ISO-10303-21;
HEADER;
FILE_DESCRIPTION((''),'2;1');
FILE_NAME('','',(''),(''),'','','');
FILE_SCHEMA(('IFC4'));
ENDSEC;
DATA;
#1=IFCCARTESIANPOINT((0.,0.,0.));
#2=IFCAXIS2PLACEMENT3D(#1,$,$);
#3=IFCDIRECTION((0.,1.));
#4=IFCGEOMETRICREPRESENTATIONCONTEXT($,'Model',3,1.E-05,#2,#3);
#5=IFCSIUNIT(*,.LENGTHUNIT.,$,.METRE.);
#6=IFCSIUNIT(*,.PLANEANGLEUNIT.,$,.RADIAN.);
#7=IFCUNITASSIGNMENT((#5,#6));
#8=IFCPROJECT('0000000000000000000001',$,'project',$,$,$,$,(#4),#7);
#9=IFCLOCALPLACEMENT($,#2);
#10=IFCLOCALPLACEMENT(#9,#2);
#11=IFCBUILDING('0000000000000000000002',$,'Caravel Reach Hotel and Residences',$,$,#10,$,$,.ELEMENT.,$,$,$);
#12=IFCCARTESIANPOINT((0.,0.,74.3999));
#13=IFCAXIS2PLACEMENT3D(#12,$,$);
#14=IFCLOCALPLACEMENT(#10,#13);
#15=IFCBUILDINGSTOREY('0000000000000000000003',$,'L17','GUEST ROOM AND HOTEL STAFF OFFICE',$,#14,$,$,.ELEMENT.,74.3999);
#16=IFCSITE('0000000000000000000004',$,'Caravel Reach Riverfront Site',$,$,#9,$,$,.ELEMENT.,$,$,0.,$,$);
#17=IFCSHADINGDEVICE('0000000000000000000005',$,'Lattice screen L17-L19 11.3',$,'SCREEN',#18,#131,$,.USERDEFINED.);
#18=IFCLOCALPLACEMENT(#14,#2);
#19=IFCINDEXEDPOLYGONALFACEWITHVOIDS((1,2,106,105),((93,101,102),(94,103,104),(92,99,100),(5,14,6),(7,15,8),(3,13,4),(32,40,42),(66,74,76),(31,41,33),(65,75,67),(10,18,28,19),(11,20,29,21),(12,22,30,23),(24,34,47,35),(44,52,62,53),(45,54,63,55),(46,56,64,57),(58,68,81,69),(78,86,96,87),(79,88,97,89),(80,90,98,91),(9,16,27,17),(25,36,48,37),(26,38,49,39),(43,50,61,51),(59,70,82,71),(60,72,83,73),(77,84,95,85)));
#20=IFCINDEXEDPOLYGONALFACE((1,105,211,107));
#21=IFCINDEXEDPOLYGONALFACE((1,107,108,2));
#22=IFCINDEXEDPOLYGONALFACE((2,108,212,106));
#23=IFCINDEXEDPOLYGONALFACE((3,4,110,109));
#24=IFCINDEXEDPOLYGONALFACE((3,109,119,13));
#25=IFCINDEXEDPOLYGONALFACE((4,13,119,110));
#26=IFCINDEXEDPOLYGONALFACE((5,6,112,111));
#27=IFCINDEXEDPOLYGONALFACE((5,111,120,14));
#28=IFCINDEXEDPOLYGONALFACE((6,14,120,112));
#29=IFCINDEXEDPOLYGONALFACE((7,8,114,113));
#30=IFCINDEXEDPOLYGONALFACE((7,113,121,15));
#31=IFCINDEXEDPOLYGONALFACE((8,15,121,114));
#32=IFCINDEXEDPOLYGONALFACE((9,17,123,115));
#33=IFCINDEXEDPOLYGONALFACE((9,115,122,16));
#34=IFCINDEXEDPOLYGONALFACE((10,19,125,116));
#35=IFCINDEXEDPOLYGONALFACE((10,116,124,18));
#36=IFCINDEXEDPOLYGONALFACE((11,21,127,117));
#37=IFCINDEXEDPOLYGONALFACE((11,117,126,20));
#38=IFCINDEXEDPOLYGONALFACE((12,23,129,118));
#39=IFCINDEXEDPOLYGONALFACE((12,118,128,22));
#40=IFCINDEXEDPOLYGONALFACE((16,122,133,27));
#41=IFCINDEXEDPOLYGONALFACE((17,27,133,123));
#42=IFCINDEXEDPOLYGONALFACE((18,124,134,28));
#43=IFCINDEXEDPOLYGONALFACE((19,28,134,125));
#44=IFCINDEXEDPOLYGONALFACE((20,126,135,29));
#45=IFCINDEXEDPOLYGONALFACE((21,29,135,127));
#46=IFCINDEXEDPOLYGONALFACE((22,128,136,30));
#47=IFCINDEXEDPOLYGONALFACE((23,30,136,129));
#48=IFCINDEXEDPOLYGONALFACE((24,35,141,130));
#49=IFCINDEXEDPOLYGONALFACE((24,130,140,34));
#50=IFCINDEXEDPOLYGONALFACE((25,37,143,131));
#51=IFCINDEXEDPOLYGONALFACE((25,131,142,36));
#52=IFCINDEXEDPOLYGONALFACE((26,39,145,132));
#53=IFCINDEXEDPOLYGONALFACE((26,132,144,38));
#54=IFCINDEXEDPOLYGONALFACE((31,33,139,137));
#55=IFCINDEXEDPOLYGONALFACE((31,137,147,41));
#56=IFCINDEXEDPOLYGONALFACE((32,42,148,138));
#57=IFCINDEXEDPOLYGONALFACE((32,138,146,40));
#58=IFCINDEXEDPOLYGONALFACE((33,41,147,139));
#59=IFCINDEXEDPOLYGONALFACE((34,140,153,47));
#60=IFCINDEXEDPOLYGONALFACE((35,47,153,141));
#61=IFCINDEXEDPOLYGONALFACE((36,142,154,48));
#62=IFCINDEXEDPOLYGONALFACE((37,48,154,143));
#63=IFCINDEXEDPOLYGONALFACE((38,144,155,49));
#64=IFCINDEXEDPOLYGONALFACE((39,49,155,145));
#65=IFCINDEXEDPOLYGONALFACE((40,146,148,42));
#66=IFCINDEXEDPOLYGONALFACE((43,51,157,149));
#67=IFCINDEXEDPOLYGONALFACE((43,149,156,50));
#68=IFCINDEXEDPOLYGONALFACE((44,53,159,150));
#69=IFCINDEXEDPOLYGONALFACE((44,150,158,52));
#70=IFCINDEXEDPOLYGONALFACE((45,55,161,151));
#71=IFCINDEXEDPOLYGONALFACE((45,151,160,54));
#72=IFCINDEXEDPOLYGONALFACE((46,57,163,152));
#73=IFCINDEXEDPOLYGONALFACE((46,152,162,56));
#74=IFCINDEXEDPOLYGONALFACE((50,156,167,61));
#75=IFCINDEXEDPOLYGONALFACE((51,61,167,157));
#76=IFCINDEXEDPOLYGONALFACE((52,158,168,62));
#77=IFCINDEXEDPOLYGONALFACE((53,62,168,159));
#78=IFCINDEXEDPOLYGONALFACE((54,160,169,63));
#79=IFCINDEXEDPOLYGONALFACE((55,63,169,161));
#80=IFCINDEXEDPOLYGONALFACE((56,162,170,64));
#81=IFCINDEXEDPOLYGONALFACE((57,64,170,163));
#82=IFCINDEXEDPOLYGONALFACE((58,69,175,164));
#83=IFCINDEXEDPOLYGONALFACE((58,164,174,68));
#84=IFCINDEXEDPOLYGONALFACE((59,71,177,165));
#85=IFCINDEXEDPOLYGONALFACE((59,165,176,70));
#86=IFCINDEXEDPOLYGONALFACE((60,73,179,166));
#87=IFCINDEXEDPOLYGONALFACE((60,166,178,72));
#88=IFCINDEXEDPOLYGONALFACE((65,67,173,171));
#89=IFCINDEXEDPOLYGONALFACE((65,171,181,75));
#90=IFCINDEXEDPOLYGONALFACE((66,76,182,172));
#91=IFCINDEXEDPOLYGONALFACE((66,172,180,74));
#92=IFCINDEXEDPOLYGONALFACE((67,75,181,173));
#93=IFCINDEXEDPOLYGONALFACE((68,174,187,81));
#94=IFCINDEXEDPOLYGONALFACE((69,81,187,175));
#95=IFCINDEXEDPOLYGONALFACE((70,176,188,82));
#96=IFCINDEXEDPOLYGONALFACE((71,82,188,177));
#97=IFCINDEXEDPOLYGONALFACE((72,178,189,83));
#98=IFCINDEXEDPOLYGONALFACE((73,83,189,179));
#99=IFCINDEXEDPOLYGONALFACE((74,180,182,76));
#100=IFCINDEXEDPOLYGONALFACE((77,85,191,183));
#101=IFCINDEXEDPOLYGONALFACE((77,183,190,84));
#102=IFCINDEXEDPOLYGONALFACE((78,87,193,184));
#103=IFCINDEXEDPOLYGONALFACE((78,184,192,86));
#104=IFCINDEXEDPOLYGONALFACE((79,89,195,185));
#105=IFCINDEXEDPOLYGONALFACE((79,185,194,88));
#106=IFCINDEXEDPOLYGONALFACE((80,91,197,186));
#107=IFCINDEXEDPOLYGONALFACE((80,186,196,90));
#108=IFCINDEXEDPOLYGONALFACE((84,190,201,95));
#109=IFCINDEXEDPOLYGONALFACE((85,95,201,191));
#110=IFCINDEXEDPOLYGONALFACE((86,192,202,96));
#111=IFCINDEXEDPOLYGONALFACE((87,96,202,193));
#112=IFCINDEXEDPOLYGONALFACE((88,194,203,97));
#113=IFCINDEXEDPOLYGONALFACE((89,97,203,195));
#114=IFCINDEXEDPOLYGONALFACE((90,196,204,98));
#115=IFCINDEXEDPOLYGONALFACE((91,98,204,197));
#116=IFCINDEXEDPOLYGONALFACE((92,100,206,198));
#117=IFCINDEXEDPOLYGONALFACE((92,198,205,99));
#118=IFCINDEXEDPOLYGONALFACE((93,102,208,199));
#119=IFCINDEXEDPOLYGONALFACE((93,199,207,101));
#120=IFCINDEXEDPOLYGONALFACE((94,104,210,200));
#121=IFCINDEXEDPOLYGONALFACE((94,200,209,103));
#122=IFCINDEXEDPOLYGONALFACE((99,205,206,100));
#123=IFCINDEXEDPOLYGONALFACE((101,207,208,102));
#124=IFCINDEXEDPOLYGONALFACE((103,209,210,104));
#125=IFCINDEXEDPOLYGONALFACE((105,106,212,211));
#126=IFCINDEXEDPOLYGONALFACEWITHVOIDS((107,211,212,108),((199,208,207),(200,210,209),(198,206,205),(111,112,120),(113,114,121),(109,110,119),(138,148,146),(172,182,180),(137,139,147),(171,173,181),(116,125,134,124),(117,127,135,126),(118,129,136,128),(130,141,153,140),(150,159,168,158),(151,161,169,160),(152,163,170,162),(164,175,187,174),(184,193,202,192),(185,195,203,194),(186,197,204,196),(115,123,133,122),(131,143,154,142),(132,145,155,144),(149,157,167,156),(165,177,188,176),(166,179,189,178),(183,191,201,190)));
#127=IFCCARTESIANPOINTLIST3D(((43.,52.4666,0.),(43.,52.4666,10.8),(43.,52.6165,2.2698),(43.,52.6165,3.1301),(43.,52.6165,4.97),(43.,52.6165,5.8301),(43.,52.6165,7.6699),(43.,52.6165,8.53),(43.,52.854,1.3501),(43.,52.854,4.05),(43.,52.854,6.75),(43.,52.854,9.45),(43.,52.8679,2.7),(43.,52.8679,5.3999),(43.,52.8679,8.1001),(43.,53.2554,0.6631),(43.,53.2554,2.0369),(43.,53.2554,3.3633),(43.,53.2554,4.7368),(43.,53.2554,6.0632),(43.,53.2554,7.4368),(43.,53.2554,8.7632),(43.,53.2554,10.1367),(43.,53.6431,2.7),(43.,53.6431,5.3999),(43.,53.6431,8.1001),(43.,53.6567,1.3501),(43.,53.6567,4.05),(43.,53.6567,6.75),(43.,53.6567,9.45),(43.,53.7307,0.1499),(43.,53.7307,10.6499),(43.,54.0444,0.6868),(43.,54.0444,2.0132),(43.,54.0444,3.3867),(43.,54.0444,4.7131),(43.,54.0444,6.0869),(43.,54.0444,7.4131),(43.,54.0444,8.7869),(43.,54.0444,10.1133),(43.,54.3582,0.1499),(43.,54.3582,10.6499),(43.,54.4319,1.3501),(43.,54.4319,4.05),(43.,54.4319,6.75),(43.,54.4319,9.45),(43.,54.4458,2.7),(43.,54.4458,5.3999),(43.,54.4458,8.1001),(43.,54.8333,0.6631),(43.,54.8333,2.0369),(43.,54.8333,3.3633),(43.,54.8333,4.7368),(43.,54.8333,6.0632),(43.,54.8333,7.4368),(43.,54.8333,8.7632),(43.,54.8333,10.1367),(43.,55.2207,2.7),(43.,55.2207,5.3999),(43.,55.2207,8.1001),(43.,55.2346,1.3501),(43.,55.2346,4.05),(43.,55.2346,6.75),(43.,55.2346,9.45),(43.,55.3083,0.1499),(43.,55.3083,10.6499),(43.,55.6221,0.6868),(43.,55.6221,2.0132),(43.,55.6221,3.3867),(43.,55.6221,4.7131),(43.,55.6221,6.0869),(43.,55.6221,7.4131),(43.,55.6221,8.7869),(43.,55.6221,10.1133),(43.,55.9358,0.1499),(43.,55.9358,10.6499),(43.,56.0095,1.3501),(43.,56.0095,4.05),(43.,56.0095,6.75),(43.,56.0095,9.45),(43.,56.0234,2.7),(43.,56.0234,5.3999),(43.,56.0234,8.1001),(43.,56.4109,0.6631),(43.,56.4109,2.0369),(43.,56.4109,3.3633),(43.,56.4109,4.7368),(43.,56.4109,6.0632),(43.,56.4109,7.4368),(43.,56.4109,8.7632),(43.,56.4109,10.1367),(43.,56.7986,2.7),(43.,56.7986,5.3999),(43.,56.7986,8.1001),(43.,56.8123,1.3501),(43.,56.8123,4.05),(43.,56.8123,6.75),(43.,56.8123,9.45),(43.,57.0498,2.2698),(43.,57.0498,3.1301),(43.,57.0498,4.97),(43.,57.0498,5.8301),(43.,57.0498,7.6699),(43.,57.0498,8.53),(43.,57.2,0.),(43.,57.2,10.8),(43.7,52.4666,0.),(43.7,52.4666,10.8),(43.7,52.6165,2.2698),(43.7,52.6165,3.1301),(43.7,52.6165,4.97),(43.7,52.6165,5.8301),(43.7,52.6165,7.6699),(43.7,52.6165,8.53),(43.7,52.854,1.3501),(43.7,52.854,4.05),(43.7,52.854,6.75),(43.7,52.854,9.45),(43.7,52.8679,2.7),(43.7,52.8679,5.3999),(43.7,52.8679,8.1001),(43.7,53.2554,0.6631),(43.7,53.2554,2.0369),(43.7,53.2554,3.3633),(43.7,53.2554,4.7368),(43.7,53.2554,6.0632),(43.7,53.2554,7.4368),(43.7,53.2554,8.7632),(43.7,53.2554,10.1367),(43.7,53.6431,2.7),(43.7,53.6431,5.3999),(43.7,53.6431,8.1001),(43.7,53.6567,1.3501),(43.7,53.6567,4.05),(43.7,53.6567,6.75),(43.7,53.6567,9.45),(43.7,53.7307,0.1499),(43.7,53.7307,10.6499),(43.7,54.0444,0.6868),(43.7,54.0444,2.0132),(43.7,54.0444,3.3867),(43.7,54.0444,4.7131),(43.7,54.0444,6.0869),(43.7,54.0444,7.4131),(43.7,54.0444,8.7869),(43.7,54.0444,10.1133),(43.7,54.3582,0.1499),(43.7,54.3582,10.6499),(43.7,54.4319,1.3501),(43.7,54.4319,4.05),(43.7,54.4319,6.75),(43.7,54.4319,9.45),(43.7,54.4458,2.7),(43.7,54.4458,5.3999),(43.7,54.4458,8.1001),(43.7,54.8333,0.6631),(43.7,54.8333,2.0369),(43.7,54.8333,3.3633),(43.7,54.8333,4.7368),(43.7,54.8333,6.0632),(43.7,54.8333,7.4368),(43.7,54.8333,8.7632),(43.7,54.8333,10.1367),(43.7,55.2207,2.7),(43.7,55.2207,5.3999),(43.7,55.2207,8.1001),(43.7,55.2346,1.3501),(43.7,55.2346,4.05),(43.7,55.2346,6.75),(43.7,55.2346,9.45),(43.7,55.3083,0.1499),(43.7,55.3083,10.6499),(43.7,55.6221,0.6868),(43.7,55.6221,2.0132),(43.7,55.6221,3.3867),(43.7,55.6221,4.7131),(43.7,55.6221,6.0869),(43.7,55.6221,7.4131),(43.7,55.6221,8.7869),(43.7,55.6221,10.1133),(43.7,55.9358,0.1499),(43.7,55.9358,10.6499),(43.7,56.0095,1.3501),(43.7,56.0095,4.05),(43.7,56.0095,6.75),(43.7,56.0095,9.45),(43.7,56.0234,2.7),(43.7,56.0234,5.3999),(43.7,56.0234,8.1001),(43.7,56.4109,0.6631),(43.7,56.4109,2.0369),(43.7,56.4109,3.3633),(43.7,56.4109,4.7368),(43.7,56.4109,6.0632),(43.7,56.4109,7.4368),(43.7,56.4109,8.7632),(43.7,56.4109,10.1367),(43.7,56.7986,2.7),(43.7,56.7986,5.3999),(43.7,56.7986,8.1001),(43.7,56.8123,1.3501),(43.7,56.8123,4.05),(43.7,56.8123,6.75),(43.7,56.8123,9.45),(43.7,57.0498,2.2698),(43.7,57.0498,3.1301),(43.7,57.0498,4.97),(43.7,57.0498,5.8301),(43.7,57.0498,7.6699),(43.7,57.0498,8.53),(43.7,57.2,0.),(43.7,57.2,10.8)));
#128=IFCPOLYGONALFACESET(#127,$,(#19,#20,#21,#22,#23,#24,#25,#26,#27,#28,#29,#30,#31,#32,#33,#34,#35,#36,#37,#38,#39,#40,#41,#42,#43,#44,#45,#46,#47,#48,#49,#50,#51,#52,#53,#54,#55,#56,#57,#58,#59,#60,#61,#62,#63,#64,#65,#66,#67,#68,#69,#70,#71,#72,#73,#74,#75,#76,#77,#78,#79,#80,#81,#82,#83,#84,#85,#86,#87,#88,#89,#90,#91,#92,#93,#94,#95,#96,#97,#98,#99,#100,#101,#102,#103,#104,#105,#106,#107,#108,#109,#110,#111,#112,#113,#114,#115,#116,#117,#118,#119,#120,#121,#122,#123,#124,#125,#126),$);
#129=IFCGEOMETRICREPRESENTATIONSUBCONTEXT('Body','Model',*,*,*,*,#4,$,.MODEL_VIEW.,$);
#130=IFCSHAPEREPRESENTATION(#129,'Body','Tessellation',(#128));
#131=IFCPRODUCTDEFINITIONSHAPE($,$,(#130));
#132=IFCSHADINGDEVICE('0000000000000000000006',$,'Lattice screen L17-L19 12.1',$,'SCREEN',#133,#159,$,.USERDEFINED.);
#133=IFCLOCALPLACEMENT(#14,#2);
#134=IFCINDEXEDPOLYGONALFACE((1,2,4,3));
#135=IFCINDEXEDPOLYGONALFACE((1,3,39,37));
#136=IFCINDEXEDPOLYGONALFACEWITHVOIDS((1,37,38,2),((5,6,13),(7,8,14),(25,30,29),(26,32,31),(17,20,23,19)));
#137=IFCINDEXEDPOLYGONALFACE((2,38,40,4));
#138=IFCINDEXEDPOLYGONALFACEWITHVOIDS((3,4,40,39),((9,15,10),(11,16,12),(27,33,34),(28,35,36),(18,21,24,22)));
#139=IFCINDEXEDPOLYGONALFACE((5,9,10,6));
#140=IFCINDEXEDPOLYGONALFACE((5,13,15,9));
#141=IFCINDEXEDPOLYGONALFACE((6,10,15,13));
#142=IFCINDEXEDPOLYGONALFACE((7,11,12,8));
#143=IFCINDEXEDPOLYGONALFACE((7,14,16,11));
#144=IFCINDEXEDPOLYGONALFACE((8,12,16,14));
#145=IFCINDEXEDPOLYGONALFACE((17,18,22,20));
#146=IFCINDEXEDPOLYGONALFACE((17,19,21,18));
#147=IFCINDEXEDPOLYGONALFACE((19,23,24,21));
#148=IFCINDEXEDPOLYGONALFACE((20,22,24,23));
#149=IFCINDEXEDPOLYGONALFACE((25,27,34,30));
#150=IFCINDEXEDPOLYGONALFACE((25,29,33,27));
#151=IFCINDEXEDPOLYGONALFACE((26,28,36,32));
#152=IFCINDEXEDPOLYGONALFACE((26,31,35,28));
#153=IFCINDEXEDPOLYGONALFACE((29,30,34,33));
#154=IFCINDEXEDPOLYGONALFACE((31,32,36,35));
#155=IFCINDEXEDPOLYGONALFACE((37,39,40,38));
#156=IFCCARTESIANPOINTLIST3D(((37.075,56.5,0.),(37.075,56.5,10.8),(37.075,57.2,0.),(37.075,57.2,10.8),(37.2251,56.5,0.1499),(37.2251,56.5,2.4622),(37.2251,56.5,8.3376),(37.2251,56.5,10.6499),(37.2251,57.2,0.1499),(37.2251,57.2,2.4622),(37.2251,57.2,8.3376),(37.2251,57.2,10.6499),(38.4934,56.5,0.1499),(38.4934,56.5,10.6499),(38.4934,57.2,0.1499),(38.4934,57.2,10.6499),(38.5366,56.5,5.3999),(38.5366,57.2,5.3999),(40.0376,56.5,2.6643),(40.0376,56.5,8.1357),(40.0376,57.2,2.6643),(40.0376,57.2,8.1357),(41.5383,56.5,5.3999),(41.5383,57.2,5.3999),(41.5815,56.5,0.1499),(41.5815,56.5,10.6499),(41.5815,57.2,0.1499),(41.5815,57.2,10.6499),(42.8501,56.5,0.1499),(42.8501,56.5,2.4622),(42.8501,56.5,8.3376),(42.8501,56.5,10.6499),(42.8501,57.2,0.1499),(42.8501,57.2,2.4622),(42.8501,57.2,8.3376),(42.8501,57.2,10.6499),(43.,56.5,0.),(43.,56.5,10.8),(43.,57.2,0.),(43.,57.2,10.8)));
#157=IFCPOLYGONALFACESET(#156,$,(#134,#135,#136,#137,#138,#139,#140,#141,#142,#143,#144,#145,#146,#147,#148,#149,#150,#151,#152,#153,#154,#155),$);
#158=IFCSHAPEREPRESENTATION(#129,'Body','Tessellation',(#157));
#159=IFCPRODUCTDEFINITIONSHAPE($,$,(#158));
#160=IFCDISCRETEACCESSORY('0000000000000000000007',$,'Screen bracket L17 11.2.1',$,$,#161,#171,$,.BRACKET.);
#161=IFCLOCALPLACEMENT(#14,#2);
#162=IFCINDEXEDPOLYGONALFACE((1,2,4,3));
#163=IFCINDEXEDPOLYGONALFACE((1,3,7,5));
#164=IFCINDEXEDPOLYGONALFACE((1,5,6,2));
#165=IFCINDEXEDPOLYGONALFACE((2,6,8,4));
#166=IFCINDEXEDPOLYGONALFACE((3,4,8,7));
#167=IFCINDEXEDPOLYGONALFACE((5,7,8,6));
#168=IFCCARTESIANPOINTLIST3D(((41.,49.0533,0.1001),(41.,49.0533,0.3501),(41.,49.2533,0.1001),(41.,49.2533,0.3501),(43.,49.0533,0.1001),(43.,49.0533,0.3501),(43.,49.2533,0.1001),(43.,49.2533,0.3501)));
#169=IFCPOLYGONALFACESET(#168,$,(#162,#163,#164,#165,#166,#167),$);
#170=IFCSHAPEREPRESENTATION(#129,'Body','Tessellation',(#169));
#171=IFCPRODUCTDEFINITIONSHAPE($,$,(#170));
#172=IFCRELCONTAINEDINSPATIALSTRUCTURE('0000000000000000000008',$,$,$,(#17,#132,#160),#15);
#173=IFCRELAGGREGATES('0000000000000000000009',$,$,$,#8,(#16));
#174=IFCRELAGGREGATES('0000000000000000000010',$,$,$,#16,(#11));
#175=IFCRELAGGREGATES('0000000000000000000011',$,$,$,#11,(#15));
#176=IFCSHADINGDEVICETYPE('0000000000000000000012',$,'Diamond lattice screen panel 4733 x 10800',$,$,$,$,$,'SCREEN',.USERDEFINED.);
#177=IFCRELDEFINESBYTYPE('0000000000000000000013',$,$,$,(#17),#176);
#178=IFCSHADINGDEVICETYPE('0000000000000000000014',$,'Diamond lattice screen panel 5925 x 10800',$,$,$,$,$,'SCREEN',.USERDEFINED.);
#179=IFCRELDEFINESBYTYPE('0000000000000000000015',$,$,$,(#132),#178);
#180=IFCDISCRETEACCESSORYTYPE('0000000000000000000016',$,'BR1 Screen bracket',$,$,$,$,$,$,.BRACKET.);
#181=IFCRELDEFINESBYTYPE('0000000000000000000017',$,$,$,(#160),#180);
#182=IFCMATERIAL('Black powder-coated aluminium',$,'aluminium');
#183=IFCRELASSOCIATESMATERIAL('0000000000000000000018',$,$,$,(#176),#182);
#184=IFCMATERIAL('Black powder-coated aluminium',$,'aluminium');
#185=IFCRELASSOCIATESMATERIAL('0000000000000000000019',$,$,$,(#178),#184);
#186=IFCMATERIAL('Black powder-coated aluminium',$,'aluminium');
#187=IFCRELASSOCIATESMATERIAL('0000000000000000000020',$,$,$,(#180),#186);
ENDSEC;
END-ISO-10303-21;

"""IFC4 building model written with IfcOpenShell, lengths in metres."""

from ifc_helpers import new_model, si_unit, direction, frame, origin, origin_2d, place, context, subcontext, project, spatial, polyline, rectangle, outline, extrude, material, type_object, element, save


model = new_model("IFC4")

# Units and contexts
model_context = context("Model", 3, precision=1e-05, world=origin(), true_north=direction((0.0, 1.0)))
body_context = subcontext(model_context, "Body", "Model", "MODEL_VIEW")
ifc_project = project(units=[si_unit("LENGTHUNIT", "METRE"), si_unit("PLANEANGLEUNIT", "RADIAN")], contexts=[model_context])

# Site, building, storey
site_placement = place(None, origin())
site = spatial("IfcSite", under=ifc_project, at=site_placement, Name="Caravel Reach Riverfront Site", CompositionType="ELEMENT", RefElevation=0.0)
building_placement = place(site_placement, origin())
building = spatial("IfcBuilding", under=site, at=building_placement, Name="Caravel Reach Hotel and Residences", CompositionType="ELEMENT")
storey_placement = place(building_placement, frame((0.0, 0.0, 74.3999)))
storey = spatial("IfcBuildingStorey", under=building, at=storey_placement, Name="L17", Description="GUEST ROOM AND HOTEL STAFF OFFICE", CompositionType="ELEMENT", Elevation=74.3999)

# Shading devices
ifc_material_1 = material(Name="Black powder-coated aluminium", Category="aluminium")
shading_device_type_1 = type_object("IfcShadingDeviceType", Name="Diamond lattice screen panel 4733 x 10800", ElementType="SCREEN", PredefinedType="USERDEFINED", material=ifc_material_1)
shading_device_1_placement = place(storey_placement, frame((43.0, 52.4666, 0.0), z_axis=(1.0, 0.0, 0.0), x_axis=(0.0, 1.0, 0.0)))
element("IfcShadingDevice", 1, at=shading_device_1_placement, inside=storey, type_object=shading_device_type_1, Name="Lattice screen L17-L19 11.3", ObjectType="SCREEN", PredefinedType="USERDEFINED", context=body_context, shape_type="SweptSolid", body=[
    extrude(outline(polyline([(0.0, 0.0), (4.7334, 0.0), (4.7334, 10.8), (0.0, 10.8), (0.0, 0.0)]), holes=[polyline([(0.4014, 2.7), (0.1499, 3.1301), (0.1499, 2.2698), (0.4014, 2.7)]), polyline([(0.4014, 5.3999), (0.1499, 5.8301), (0.1499, 4.97), (0.4014, 5.3999)]), polyline([(0.4014, 8.1001), (0.1499, 8.53), (0.1499, 7.6699), (0.4014, 8.1001)]), polyline([(0.7888, 2.0369), (0.3875, 1.3501), (0.7888, 0.6631), (1.1902, 1.3501), (0.7888, 2.0369)]), polyline([(0.7888, 4.7368), (0.3875, 4.05), (0.7888, 3.3633), (1.1902, 4.05), (0.7888, 4.7368)]), polyline([(0.7888, 7.4368), (0.3875, 6.75), (0.7888, 6.0632), (1.1902, 6.75), (0.7888, 7.4368)]), polyline([(0.7888, 10.1367), (0.3875, 9.45), (0.7888, 8.7632), (1.1902, 9.45), (0.7888, 10.1367)]), polyline([(1.5779, 0.6868), (1.2642, 0.1499), (1.8916, 0.1499), (1.5779, 0.6868)]), polyline([(1.5779, 3.3867), (1.1765, 2.7), (1.5779, 2.0132), (1.9792, 2.7), (1.5779, 3.3867)]), polyline([(1.5779, 6.0869), (1.1765, 5.3999), (1.5779, 4.7131), (1.9792, 5.3999), (1.5779, 6.0869)]), polyline([(1.5779, 8.7869), (1.1765, 8.1001), (1.5779, 7.4131), (1.9792, 8.1001), (1.5779, 8.7869)]), polyline([(1.5779, 10.1133), (1.8916, 10.6499), (1.2642, 10.6499), (1.5779, 10.1133)]), polyline([(2.3667, 2.0369), (1.9653, 1.3501), (2.3667, 0.6631), (2.7681, 1.3501), (2.3667, 2.0369)]), polyline([(2.3667, 4.7368), (1.9653, 4.05), (2.3667, 3.3633), (2.7681, 4.05), (2.3667, 4.7368)]), polyline([(2.3667, 7.4368), (1.9653, 6.75), (2.3667, 6.0632), (2.7681, 6.75), (2.3667, 7.4368)]), polyline([(2.3667, 10.1367), (1.9653, 9.45), (2.3667, 8.7632), (2.7681, 9.45), (2.3667, 10.1367)]), polyline([(3.1555, 0.6868), (2.8418, 0.1499), (3.4692, 0.1499), (3.1555, 0.6868)]), polyline([(3.1555, 3.3867), (2.7542, 2.7), (3.1555, 2.0132), (3.5569, 2.7), (3.1555, 3.3867)]), polyline([(3.1555, 6.0869), (2.7542, 5.3999), (3.1555, 4.7131), (3.5569, 5.3999), (3.1555, 6.0869)]), polyline([(3.1555, 8.7869), (2.7542, 8.1001), (3.1555, 7.4131), (3.5569, 8.1001), (3.1555, 8.7869)]), polyline([(3.1555, 10.1133), (3.4692, 10.6499), (2.8418, 10.6499), (3.1555, 10.1133)]), polyline([(3.9443, 2.0369), (3.543, 1.3501), (3.9443, 0.6631), (4.3457, 1.3501), (3.9443, 2.0369)]), polyline([(3.9443, 4.7368), (3.543, 4.05), (3.9443, 3.3633), (4.3457, 4.05), (3.9443, 4.7368)]), polyline([(3.9443, 7.4368), (3.543, 6.75), (3.9443, 6.0632), (4.3457, 6.75), (3.9443, 7.4368)]), polyline([(3.9443, 10.1367), (3.543, 9.45), (3.9443, 8.7632), (4.3457, 9.45), (3.9443, 10.1367)]), polyline([(4.332, 2.7), (4.5833, 2.2698), (4.5833, 3.1301), (4.332, 2.7)]), polyline([(4.332, 5.3999), (4.5833, 4.97), (4.5833, 5.8301), (4.332, 5.3999)]), polyline([(4.332, 8.1001), (4.5833, 7.6699), (4.5833, 8.53), (4.332, 8.1001)])]), origin(), (0.0, 0.0, 1.0), 0.7),
])
ifc_material_2 = material(Name="Black powder-coated aluminium", Category="aluminium")
shading_device_type_2 = type_object("IfcShadingDeviceType", Name="Diamond lattice screen panel 5925 x 10800", ElementType="SCREEN", PredefinedType="USERDEFINED", material=ifc_material_2)
shading_device_2_placement = place(storey_placement, frame((43.0, 56.5, 0.0), z_axis=(0.0, 1.0, 0.0), x_axis=(-1.0, 0.0, 0.0)))
element("IfcShadingDevice", 2, at=shading_device_2_placement, inside=storey, type_object=shading_device_type_2, Name="Lattice screen L17-L19 12.1", ObjectType="SCREEN", PredefinedType="USERDEFINED", context=body_context, shape_type="SweptSolid", body=[
    extrude(outline(polyline([(0.0, 0.0), (5.925, 0.0), (5.925, 10.8), (0.0, 10.8), (0.0, 0.0)]), holes=[polyline([(1.4185, 0.1499), (0.1499, 2.4622), (0.1499, 0.1499), (1.4185, 0.1499)]), polyline([(0.1499, 8.3376), (1.4185, 10.6499), (0.1499, 10.6499), (0.1499, 8.3376)]), polyline([(2.9624, 8.1357), (1.4617, 5.3999), (2.9624, 2.6643), (4.4634, 5.3999), (2.9624, 8.1357)]), polyline([(5.7749, 2.4622), (4.5066, 0.1499), (5.7749, 0.1499), (5.7749, 2.4622)]), polyline([(4.5066, 10.6499), (5.7749, 8.3376), (5.7749, 10.6499), (4.5066, 10.6499)])]), origin(), (0.0, 0.0, 1.0), 0.7),
])

# Discrete accessory
ifc_material_3 = material(Name="Black powder-coated aluminium", Category="aluminium")
discrete_accessory_type = type_object("IfcDiscreteAccessoryType", Name="BR1 Screen bracket", PredefinedType="BRACKET", material=ifc_material_3)
discrete_accessory_placement = place(storey_placement, frame((42.0, 49.1533, 0.1001), z_axis=(0.0, 0.0, 1.0), x_axis=(1.0, 0.0, 0.0)))
element("IfcDiscreteAccessory", 3, at=discrete_accessory_placement, inside=storey, type_object=discrete_accessory_type, Name="Screen bracket L17 11.2.1", PredefinedType="BRACKET", context=body_context, shape_type="SweptSolid", body=[
    extrude(rectangle(XDim=2.0, YDim=0.2, at=origin_2d()), origin(), (0.0, 0.0, 1.0), 0.25),
])

save(model, "model.ifc")
